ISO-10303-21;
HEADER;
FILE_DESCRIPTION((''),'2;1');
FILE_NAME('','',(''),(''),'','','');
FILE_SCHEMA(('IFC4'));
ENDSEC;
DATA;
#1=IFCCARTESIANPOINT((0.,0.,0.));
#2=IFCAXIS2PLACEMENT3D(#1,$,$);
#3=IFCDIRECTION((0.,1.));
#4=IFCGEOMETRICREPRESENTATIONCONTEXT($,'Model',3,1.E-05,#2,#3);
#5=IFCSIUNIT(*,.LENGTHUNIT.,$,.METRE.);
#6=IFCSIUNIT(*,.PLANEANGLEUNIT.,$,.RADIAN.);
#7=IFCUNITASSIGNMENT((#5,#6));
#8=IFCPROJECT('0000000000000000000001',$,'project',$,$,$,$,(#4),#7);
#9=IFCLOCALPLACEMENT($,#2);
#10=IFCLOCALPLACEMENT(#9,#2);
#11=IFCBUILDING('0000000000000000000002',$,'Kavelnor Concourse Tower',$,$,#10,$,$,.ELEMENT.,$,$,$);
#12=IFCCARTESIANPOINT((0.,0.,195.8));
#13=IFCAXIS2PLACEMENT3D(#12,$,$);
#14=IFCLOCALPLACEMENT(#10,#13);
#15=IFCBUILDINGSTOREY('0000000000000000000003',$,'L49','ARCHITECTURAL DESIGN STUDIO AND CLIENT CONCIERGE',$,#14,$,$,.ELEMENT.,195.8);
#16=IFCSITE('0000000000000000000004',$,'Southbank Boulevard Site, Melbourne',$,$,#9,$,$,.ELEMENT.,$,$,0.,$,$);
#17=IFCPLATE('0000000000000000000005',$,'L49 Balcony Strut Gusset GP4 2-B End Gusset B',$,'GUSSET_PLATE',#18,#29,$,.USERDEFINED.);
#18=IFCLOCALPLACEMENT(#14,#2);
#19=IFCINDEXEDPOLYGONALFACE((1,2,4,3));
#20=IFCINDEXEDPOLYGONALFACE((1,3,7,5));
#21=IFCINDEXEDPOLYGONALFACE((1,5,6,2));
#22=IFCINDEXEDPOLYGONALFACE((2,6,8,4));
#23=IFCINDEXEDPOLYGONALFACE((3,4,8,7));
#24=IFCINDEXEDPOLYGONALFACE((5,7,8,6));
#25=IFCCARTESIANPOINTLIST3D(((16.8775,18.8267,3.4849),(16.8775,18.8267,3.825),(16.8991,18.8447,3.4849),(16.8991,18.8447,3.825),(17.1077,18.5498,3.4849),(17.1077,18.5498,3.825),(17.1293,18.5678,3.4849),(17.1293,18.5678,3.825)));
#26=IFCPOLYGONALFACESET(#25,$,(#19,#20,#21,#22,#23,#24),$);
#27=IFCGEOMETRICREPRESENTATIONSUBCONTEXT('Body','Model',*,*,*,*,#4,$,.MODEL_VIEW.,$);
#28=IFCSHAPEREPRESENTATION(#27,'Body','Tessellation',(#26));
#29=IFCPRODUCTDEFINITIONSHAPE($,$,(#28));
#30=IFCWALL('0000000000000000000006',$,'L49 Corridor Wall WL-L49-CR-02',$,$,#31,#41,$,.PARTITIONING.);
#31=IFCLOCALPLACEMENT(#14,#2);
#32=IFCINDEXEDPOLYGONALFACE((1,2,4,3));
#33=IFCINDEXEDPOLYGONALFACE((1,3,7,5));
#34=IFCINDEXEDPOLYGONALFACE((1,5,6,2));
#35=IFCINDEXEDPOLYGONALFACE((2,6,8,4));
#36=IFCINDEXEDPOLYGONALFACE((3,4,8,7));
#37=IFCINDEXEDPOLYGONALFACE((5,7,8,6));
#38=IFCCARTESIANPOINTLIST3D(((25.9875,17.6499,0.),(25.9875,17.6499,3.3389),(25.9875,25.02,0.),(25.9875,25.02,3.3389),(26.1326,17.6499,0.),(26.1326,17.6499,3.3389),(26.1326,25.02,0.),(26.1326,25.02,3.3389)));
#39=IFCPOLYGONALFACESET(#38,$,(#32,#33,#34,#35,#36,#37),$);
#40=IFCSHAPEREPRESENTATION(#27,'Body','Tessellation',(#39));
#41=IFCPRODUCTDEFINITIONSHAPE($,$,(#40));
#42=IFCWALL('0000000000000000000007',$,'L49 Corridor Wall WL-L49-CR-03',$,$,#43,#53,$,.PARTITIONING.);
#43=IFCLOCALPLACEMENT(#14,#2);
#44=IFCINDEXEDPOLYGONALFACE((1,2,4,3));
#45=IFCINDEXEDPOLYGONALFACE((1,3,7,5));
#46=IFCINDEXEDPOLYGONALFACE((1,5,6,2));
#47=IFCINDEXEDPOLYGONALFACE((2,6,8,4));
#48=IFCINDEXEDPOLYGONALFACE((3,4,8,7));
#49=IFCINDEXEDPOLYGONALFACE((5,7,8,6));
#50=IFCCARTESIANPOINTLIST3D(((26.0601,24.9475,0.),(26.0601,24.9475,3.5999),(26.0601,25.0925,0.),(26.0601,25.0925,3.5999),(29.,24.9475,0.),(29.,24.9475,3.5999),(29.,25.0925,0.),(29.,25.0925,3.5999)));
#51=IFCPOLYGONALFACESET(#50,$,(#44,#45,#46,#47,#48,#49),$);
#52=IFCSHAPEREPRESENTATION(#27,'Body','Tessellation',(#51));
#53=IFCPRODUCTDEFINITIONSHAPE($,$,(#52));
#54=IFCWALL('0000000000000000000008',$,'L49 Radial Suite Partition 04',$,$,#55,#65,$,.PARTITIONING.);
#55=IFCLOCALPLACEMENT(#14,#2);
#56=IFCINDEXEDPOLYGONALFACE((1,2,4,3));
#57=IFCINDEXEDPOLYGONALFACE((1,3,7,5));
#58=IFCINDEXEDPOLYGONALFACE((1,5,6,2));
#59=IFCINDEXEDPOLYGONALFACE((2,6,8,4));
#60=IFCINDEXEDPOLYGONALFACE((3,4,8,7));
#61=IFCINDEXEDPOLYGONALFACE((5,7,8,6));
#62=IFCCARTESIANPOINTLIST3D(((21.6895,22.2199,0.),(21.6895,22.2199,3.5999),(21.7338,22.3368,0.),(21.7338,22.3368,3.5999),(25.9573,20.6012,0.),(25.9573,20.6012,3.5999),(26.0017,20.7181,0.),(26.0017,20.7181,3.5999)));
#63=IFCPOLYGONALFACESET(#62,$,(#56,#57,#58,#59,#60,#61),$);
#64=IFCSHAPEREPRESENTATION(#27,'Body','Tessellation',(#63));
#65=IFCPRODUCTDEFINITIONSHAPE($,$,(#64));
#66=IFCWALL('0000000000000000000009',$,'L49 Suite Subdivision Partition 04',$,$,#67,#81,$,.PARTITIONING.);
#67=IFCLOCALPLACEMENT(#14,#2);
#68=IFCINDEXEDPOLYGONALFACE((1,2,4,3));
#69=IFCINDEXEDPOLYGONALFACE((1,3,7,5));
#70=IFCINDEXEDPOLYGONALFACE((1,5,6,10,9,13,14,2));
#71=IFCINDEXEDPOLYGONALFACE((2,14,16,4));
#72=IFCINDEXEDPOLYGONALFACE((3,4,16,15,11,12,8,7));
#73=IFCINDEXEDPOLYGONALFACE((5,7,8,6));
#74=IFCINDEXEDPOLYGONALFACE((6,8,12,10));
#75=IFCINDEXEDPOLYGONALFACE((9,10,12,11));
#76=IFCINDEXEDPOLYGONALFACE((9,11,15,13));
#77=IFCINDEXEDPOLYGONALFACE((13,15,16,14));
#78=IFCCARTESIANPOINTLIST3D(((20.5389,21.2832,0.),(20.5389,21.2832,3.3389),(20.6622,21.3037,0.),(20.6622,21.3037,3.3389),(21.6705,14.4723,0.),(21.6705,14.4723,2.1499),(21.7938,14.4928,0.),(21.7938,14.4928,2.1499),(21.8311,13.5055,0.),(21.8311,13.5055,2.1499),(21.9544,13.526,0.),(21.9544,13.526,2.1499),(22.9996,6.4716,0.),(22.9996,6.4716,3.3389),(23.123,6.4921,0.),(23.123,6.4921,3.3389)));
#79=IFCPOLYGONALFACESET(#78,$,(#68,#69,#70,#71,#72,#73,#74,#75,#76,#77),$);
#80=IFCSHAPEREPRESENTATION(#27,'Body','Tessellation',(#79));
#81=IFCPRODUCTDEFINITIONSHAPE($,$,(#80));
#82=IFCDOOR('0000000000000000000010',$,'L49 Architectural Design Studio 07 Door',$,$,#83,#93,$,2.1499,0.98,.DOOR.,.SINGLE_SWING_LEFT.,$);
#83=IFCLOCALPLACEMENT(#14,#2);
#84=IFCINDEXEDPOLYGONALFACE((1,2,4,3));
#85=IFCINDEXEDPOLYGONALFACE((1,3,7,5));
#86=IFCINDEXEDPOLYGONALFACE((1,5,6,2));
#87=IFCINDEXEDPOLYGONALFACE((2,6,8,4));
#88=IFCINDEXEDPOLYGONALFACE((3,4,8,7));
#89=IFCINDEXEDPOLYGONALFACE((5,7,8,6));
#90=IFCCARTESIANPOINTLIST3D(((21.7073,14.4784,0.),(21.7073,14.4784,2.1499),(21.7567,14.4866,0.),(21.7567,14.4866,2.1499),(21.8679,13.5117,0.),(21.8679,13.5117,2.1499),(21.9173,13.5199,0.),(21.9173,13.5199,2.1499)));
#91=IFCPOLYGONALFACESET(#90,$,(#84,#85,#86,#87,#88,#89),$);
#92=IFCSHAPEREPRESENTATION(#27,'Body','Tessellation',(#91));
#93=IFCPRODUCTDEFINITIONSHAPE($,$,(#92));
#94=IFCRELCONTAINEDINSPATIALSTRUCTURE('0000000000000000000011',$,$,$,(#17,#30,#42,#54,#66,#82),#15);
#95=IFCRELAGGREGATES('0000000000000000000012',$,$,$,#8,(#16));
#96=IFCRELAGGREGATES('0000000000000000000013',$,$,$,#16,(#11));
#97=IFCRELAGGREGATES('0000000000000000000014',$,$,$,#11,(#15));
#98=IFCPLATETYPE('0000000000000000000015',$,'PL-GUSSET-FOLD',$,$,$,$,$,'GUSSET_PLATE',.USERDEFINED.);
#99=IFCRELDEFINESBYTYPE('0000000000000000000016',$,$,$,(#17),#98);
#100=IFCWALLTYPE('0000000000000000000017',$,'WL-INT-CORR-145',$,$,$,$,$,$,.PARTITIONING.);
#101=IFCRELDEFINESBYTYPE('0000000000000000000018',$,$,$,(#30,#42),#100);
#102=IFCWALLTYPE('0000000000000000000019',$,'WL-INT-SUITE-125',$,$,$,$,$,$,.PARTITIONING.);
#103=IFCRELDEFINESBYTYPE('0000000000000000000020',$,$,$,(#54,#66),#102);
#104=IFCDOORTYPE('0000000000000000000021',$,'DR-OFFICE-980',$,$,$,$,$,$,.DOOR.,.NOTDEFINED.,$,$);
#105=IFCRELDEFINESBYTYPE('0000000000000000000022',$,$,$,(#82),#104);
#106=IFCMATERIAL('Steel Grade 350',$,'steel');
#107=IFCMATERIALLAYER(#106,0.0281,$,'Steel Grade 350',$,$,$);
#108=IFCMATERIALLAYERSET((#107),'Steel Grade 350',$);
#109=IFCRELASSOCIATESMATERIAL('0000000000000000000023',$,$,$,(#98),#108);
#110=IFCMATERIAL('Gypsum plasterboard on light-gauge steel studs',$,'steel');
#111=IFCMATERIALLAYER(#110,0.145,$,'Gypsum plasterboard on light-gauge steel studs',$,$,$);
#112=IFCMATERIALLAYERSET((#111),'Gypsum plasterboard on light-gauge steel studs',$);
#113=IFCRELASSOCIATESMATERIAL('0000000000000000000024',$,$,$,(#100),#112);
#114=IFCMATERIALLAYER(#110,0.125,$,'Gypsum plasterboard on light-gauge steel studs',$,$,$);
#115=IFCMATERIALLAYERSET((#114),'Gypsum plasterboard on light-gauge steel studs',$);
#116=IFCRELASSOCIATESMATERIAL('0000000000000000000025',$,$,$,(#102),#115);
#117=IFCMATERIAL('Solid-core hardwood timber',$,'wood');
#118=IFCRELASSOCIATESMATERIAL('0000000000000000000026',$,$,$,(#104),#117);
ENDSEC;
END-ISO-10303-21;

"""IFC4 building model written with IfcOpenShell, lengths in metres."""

from ifc_helpers import new_model, si_unit, direction, frame, frame_2d, origin, origin_2d, place, context, subcontext, project, spatial, rectangle, extrude, material, layer, layer_set, type_object, element, fill, save


model = new_model("IFC4")

# Units and contexts
model_context = context("Model", 3, precision=1e-05, world=origin(), true_north=direction((0.0, 1.0)))
body_context = subcontext(model_context, "Body", "Model", "MODEL_VIEW")
ifc_project = project(units=[si_unit("LENGTHUNIT", "METRE"), si_unit("PLANEANGLEUNIT", "RADIAN")], contexts=[model_context])

# Site, building, storey
site_placement = place(None, origin())
site = spatial("IfcSite", under=ifc_project, at=site_placement, Name="Southbank Boulevard Site, Melbourne", CompositionType="ELEMENT", RefElevation=0.0)
building_placement = place(site_placement, origin())
building = spatial("IfcBuilding", under=site, at=building_placement, Name="Kavelnor Concourse Tower", CompositionType="ELEMENT")
storey_placement = place(building_placement, frame((0.0, 0.0, 195.8)))
storey = spatial("IfcBuildingStorey", under=building, at=storey_placement, Name="L49", Description="ARCHITECTURAL DESIGN STUDIO AND CLIENT CONCIERGE", CompositionType="ELEMENT", Elevation=195.8)

# Shared definitions
ifc_material_1 = material(Name="Steel Grade 350", Category="steel")

# Plate
ifc_layer_1 = layer(ifc_material_1, 0.0281, Name="Steel Grade 350")
ifc_layer_set_1 = layer_set([ifc_layer_1], Name="Steel Grade 350")
plate_type = type_object("IfcPlateType", Name="PL-GUSSET-FOLD", ElementType="GUSSET_PLATE", PredefinedType="USERDEFINED", material=ifc_layer_set_1)
for number, where, z_axis, x_axis, name in (
    (1, (17.0034, 18.6973, 3.4849), (0.0, 0.0, 1.0), (-0.639305, 0.768953, 0.0), "L49 Balcony Strut Gusset GP4 2-B End Gusset B"),
):
    element("IfcPlate", number, at=place(storey_placement, frame(where, z_axis=z_axis, x_axis=x_axis)), inside=storey, type_object=plate_type, Name=name, ObjectType="GUSSET_PLATE", PredefinedType="USERDEFINED", context=body_context, shape_type="SweptSolid", body=[
        extrude(rectangle(XDim=0.3601, YDim=0.0281, at=origin_2d()), origin(), (0.0, 0.0, 1.0), 0.3401),
    ])

# Walls
ifc_material_2 = material(Name="Gypsum plasterboard on light-gauge steel studs", Category="steel")
ifc_layer_2 = layer(ifc_material_2, 0.145, Name="Gypsum plasterboard on light-gauge steel studs")
ifc_layer_set_2 = layer_set([ifc_layer_2], Name="Gypsum plasterboard on light-gauge steel studs")
wall_type_1 = type_object("IfcWallType", Name="WL-INT-CORR-145", PredefinedType="PARTITIONING", material=ifc_layer_set_2)
wall_1_placement = place(storey_placement, frame((26.0601, 17.6499, 0.0), z_axis=(0.0, 0.0, 1.0), x_axis=(0.0, 1.0, 0.0)))
element("IfcWall", 2, at=wall_1_placement, inside=storey, type_object=wall_type_1, Name="L49 Corridor Wall WL-L49-CR-02", PredefinedType="PARTITIONING", context=body_context, shape_type="SweptSolid", body=[
    extrude(rectangle(XDim=7.3701, YDim=0.145, at=frame_2d((3.6851, 0.0))), origin(), (0.0, 0.0, 1.0), 3.3389),
])
wall_2_placement = place(storey_placement, frame((26.0601, 25.02, 0.0), z_axis=(0.0, 0.0, 1.0), x_axis=(1.0, 0.0, 0.0)))
element("IfcWall", 3, at=wall_2_placement, inside=storey, type_object=wall_type_1, Name="L49 Corridor Wall WL-L49-CR-03", PredefinedType="PARTITIONING", context=body_context, shape_type="SweptSolid", body=[
    extrude(rectangle(XDim=2.9399, YDim=0.145, at=frame_2d((1.47, 0.0))), origin(), (0.0, 0.0, 1.0), 3.5999),
])
ifc_layer_3 = layer(ifc_material_2, 0.125, Name="Gypsum plasterboard on light-gauge steel studs")
ifc_layer_set_3 = layer_set([ifc_layer_3], Name="Gypsum plasterboard on light-gauge steel studs")
wall_type_2 = type_object("IfcWallType", Name="WL-INT-SUITE-125", PredefinedType="PARTITIONING", material=ifc_layer_set_3)
wall_3_placement = place(storey_placement, frame((25.9795, 20.6597, 0.0), z_axis=(0.0, 0.0, 1.0), x_axis=(-0.93501, 0.35462, 0.0)))
element("IfcWall", 4, at=wall_3_placement, inside=storey, type_object=wall_type_2, Name="L49 Radial Suite Partition 04", PredefinedType="PARTITIONING", context=body_context, shape_type="SweptSolid", body=[
    extrude(rectangle(XDim=4.5645, YDim=0.125, at=frame_2d((2.2822, 0.0))), origin(), (0.0, 0.0, 1.0), 3.5999),
])

# Wall, opening, door
wall_4_placement = place(storey_placement, frame((20.6006, 21.2935, 0.0), z_axis=(0.0, 0.0, 1.0), x_axis=(0.163887, -0.986479, 0.0)))
wall_4 = element("IfcWall", 5, at=wall_4_placement, inside=storey, type_object=wall_type_2, Name="L49 Suite Subdivision Partition 04", PredefinedType="PARTITIONING", context=body_context, shape_type="SweptSolid", body=[
    extrude(rectangle(XDim=15.0146, YDim=0.125, at=frame_2d((7.5073, 0.0))), origin(), (0.0, 0.0, 1.0), 3.3389),
])
opening_placement = place(wall_4_placement, frame((6.9043, 0.0, 0.0)))
opening = element("IfcOpeningElement", 6, at=opening_placement, cuts=wall_4, PredefinedType="OPENING", context=body_context, shape_type="SweptSolid", body=[
    extrude(rectangle(XDim=0.98, YDim=2.1499, at=frame_2d((0.49, 1.075))), frame((0.0, 0.0725, 0.0), z_axis=(0.0, -1.0, 0.0), x_axis=(1.0, 0.0, 0.0)), (0.0, 0.0, 1.0), 0.145),
])
ifc_material_3 = material(Name="Solid-core hardwood timber", Category="wood")
door_type = type_object("IfcDoorType", Name="DR-OFFICE-980", OperationType="NOTDEFINED", PredefinedType="DOOR", material=ifc_material_3)
door_placement = place(opening_placement, origin())
door = element("IfcDoor", 7, at=door_placement, inside=storey, type_object=door_type, Name="L49 Architectural Design Studio 07 Door", OperationType="SINGLE_SWING_LEFT", OverallHeight=2.1499, OverallWidth=0.98, PredefinedType="DOOR", context=body_context, shape_type="SweptSolid", body=[
    extrude(rectangle(XDim=0.98, YDim=2.1499, at=frame_2d((0.49, 1.075))), frame((0.0, 0.0249, 0.0), z_axis=(0.0, -1.0, 0.0), x_axis=(1.0, 0.0, 0.0)), (0.0, 0.0, 1.0), 0.05),
])
fill(opening, door)

save(model, "model.ifc")
